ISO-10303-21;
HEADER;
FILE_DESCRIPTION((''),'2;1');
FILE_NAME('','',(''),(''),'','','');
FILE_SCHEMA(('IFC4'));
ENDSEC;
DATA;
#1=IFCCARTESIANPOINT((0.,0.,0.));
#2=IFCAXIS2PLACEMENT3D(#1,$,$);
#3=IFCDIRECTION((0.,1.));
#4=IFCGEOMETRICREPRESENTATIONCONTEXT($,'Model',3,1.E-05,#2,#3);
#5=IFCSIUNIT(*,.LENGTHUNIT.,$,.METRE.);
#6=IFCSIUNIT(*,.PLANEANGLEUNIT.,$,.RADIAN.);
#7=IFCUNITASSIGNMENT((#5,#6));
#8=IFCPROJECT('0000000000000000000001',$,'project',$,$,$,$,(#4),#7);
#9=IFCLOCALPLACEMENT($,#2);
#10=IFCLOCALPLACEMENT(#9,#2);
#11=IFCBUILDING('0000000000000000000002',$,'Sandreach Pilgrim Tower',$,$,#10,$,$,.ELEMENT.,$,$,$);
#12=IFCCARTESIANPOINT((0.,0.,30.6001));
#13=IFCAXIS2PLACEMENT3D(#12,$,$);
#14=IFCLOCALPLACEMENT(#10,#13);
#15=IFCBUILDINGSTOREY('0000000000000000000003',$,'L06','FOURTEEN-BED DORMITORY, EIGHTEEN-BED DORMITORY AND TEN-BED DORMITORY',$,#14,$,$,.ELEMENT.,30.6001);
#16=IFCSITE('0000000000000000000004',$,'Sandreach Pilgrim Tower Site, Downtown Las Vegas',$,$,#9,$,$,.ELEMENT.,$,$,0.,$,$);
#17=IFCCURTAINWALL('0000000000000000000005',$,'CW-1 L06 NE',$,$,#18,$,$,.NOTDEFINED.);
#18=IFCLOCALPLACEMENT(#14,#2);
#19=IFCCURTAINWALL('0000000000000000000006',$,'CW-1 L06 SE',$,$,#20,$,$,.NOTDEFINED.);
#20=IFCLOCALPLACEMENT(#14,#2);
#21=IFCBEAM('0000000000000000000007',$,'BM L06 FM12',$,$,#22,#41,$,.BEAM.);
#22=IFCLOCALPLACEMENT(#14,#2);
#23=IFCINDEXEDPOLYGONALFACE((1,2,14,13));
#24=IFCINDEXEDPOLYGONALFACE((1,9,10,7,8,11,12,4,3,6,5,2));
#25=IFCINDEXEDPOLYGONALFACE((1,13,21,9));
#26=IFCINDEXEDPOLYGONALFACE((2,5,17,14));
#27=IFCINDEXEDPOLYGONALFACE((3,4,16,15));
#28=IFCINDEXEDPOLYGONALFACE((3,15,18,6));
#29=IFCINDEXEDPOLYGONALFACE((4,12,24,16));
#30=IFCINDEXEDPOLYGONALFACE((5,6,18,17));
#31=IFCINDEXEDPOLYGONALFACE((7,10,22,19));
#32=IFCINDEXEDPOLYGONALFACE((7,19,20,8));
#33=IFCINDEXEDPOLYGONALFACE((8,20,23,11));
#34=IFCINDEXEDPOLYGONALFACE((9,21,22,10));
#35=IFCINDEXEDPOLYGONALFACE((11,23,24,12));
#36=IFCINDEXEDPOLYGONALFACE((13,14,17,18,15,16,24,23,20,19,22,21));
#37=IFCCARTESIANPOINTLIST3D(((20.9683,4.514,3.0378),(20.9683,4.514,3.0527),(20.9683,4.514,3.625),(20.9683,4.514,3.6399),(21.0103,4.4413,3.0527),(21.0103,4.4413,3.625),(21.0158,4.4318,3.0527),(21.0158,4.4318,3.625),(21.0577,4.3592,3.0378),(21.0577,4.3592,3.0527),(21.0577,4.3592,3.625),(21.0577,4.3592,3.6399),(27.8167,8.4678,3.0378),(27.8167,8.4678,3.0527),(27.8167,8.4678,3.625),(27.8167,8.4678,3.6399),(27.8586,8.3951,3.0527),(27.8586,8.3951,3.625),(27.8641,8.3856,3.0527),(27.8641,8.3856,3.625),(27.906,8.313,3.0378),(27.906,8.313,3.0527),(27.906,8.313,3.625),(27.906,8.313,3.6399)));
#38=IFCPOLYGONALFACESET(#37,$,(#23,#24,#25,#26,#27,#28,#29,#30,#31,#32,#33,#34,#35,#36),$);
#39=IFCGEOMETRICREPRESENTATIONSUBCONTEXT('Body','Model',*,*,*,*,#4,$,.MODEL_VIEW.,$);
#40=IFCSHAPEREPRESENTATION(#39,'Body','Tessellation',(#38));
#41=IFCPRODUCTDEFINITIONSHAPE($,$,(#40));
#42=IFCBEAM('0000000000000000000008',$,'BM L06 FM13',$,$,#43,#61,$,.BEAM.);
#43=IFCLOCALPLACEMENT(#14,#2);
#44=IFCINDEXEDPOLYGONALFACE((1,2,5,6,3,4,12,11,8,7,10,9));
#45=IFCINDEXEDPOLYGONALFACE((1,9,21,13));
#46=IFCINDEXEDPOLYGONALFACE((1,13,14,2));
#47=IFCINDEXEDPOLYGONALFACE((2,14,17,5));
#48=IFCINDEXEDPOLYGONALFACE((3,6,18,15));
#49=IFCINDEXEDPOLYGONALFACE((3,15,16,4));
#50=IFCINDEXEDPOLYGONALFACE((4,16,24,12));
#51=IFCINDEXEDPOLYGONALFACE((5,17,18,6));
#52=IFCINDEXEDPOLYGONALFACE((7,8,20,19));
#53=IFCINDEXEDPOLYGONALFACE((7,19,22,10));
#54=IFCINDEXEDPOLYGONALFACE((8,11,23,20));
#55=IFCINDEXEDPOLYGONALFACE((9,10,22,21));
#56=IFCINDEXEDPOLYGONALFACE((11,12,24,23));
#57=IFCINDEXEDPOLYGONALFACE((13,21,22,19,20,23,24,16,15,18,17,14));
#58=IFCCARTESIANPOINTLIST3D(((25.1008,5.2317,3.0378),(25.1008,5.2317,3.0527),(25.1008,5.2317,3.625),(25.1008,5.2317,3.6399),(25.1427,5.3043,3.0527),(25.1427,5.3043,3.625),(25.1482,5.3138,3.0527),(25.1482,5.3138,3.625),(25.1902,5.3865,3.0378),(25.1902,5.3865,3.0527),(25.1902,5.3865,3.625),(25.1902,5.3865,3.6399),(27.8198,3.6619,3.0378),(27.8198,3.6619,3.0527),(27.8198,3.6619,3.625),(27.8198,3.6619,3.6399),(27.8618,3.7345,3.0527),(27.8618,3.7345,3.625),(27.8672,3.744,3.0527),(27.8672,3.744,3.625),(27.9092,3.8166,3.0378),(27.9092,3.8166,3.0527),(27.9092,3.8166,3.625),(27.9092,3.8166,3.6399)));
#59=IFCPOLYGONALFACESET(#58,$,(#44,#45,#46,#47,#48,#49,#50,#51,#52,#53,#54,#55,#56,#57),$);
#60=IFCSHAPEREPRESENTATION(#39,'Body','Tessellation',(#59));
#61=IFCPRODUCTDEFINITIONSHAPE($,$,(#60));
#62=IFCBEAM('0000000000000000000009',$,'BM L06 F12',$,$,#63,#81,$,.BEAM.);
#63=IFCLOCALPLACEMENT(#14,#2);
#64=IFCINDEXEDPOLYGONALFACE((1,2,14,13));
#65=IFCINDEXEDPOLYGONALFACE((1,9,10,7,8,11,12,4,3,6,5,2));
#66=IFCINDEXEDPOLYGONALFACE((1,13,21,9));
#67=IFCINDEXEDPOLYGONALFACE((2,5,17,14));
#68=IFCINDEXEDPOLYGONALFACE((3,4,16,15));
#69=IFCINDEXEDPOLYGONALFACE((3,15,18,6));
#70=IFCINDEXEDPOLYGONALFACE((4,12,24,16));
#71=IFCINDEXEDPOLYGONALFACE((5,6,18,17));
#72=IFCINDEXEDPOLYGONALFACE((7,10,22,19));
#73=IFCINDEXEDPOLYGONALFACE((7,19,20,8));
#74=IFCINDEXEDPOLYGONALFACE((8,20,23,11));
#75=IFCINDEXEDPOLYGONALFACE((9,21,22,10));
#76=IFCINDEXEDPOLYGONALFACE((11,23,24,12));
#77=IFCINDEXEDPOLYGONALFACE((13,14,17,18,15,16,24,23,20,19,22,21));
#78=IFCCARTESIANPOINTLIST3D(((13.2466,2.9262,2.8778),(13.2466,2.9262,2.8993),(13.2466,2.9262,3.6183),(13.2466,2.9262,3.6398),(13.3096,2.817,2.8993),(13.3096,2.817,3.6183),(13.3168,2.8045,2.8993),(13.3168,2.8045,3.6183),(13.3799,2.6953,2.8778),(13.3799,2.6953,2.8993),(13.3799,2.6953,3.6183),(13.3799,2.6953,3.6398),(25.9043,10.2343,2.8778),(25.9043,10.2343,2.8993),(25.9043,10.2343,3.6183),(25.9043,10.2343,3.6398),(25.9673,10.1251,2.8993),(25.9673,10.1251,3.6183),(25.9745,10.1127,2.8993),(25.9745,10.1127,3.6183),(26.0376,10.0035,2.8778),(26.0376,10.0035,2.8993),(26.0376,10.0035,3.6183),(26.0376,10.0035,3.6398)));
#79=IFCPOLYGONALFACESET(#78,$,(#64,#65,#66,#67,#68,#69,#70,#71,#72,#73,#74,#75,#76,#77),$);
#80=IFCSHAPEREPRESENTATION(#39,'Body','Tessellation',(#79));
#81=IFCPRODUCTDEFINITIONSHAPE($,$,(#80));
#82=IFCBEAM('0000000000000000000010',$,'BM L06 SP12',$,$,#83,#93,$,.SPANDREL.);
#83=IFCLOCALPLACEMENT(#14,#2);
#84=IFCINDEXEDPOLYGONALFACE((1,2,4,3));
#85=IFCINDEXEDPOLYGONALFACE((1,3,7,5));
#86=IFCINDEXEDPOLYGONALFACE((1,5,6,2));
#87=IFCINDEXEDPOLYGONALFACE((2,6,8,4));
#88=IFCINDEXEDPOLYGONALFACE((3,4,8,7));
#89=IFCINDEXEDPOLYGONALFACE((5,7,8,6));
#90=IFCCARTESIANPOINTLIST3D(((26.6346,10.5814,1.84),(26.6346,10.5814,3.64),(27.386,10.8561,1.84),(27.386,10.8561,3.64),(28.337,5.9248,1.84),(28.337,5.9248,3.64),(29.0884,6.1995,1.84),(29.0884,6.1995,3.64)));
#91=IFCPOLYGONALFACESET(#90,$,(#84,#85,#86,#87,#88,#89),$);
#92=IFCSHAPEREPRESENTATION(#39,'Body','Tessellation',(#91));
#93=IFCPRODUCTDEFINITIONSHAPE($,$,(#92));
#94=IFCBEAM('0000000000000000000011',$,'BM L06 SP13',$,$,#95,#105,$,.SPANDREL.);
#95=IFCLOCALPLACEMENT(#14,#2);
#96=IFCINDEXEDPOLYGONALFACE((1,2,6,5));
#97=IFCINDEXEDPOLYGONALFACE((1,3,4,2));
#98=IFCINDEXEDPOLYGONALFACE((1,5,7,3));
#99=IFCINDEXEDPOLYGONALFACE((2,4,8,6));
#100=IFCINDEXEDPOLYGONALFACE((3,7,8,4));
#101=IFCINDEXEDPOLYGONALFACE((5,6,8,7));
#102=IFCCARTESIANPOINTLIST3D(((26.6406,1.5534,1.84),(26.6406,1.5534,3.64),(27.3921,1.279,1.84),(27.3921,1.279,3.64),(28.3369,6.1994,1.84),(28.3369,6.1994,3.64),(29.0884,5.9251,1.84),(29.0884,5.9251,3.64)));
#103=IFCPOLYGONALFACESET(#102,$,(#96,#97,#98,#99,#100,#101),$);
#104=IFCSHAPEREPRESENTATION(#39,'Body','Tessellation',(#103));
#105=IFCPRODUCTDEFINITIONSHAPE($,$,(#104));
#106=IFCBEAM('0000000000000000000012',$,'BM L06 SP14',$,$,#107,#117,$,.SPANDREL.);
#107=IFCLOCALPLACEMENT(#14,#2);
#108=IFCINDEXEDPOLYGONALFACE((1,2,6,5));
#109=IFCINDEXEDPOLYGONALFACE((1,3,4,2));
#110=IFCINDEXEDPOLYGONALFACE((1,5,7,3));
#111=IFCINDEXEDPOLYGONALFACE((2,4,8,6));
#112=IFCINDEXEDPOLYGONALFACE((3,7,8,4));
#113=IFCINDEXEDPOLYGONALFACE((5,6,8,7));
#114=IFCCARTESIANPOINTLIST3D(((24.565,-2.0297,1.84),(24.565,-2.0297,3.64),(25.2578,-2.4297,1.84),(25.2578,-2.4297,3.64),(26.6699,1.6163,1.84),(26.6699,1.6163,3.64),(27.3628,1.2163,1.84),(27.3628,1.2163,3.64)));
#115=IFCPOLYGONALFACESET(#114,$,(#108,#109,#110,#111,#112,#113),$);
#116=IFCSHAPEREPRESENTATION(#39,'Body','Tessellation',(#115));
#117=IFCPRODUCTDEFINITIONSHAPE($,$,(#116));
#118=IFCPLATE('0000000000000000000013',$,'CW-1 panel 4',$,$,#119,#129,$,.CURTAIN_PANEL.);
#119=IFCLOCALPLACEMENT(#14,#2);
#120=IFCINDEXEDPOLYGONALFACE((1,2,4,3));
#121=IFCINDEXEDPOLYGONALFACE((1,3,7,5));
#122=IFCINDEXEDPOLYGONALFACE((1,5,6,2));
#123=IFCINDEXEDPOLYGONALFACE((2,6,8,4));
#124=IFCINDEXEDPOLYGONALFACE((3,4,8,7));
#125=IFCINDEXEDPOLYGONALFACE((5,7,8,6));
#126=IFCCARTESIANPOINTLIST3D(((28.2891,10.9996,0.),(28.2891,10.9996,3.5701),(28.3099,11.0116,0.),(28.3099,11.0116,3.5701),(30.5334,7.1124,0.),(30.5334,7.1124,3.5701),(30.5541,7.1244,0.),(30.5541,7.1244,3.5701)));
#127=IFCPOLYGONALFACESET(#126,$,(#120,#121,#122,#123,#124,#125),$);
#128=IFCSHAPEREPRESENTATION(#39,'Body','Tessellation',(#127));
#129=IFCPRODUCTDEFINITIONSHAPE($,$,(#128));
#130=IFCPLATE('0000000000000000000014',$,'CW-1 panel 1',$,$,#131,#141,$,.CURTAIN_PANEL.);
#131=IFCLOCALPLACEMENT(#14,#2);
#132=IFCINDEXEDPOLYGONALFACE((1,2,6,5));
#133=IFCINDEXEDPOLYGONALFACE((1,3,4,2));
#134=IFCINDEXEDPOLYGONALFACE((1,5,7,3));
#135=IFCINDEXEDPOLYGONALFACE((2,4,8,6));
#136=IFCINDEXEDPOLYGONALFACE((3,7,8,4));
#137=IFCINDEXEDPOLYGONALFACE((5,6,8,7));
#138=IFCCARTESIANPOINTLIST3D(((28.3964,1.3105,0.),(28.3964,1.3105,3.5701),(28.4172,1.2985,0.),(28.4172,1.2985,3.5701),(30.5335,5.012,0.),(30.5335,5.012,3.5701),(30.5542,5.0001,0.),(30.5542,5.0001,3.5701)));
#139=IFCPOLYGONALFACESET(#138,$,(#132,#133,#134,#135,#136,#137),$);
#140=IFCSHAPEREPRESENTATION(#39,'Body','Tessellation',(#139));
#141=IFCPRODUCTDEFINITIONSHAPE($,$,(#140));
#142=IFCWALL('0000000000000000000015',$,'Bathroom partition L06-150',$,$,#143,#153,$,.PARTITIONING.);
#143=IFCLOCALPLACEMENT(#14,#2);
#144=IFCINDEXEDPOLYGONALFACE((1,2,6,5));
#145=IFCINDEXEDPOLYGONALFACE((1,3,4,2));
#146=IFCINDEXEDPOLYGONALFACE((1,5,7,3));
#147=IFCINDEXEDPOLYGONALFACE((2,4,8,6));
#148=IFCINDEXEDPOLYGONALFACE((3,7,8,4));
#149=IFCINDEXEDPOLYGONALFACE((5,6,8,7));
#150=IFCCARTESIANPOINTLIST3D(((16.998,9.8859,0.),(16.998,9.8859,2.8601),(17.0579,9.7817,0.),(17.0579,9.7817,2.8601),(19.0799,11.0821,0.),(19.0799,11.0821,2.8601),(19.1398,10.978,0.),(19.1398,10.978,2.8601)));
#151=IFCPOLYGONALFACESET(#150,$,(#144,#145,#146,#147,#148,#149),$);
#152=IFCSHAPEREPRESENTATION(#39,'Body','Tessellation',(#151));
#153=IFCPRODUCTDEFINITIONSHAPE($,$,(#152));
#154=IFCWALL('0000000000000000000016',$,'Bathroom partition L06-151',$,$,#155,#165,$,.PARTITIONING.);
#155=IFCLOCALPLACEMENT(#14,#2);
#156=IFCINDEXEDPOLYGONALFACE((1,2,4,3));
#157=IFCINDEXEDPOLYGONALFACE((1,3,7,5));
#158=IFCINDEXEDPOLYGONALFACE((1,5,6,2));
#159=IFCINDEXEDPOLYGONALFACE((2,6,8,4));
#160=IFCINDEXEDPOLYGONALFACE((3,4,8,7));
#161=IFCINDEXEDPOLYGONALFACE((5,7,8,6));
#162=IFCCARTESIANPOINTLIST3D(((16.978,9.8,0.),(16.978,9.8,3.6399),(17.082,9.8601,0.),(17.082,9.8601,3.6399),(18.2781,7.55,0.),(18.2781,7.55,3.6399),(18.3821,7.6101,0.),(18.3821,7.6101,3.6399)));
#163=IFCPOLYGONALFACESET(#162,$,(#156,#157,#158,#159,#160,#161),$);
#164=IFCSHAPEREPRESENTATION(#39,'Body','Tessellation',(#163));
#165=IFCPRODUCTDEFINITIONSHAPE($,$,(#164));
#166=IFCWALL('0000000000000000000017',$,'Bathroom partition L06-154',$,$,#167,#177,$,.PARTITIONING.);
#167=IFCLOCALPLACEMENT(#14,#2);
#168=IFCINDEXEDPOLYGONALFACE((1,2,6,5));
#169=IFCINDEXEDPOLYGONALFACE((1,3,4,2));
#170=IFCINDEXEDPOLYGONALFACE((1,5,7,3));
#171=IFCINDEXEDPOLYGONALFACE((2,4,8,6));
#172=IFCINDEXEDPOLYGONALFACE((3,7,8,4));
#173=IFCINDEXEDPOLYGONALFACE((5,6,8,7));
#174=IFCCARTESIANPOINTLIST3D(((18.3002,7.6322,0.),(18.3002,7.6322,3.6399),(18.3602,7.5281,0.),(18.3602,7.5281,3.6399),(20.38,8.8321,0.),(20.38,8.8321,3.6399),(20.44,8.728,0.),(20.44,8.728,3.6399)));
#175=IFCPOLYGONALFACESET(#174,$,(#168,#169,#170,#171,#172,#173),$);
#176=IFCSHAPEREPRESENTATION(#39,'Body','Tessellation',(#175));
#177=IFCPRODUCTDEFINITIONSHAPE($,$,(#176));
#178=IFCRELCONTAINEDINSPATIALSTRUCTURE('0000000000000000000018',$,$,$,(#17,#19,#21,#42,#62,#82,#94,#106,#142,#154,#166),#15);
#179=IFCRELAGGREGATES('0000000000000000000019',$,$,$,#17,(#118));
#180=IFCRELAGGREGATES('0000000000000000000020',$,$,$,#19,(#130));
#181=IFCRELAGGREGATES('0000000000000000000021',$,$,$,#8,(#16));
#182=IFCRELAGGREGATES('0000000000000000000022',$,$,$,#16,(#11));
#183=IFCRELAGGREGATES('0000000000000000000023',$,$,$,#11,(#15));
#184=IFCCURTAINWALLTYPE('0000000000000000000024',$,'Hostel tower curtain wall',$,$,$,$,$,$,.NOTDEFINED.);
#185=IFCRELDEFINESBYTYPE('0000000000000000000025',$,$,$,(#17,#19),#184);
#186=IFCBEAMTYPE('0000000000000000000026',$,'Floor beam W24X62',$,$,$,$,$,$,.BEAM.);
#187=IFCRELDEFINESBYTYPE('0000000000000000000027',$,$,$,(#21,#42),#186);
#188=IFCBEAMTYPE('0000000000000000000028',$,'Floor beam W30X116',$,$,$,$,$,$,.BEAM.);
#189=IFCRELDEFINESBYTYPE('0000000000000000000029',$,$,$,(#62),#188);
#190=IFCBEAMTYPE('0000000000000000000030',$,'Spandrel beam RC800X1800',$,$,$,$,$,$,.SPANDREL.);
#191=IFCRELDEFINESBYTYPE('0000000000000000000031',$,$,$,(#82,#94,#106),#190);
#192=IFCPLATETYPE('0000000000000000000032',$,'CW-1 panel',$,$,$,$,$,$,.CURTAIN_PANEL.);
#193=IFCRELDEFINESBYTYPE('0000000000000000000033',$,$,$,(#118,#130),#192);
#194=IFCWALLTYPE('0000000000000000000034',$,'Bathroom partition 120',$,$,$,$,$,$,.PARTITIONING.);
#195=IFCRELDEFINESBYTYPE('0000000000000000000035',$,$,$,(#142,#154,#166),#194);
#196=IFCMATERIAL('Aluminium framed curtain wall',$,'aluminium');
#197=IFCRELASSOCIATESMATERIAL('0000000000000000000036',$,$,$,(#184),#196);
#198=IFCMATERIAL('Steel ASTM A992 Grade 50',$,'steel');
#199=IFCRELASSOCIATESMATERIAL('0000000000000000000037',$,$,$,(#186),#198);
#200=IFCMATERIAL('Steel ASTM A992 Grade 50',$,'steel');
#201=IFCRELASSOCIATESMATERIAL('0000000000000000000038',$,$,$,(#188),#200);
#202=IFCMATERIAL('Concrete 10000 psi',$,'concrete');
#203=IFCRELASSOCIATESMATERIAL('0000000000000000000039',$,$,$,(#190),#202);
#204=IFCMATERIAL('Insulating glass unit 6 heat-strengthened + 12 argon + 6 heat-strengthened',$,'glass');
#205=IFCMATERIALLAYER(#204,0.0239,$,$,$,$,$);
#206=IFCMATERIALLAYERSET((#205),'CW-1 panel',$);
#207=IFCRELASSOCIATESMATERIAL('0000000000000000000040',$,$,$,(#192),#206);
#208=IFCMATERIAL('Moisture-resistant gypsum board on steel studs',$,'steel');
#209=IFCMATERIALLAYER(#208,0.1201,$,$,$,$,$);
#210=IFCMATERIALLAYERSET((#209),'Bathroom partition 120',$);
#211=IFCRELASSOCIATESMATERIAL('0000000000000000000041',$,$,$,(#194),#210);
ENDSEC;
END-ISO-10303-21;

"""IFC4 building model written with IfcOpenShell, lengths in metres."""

from ifc_helpers import new_model, si_unit, direction, frame, frame_2d, origin, origin_2d, place, context, subcontext, project, spatial, rectangle, i_section, extrude, material, layer, layer_set, material_profile, profile_set, type_object, element, aggregate, save


model = new_model("IFC4")

# Units and contexts
model_context = context("Model", 3, precision=1e-05, world=origin(), true_north=direction((0.0, 1.0)))
body_context = subcontext(model_context, "Body", "Model", "MODEL_VIEW")
ifc_project = project(units=[si_unit("LENGTHUNIT", "METRE"), si_unit("PLANEANGLEUNIT", "RADIAN")], contexts=[model_context])

# Site, building, storey
site_placement = place(None, origin())
site = spatial("IfcSite", under=ifc_project, at=site_placement, Name="Sandreach Pilgrim Tower Site, Downtown Las Vegas", CompositionType="ELEMENT", RefElevation=0.0)
building_placement = place(site_placement, origin())
building = spatial("IfcBuilding", under=site, at=building_placement, Name="Sandreach Pilgrim Tower", CompositionType="ELEMENT")
storey_placement = place(building_placement, frame((0.0, 0.0, 30.6001)))
storey = spatial("IfcBuildingStorey", under=building, at=storey_placement, Name="L06", Description="FOURTEEN-BED DORMITORY, EIGHTEEN-BED DORMITORY AND TEN-BED DORMITORY", CompositionType="ELEMENT", Elevation=30.6001)

# Curtain wall
ifc_material_1 = material(Name="Aluminium framed curtain wall", Category="aluminium")
curtain_wall_type = type_object("IfcCurtainWallType", Name="Hostel tower curtain wall", PredefinedType="NOTDEFINED", material=ifc_material_1)
curtain_wall_1_placement = place(storey_placement, origin())
curtain_wall_1 = element("IfcCurtainWall", 1, at=curtain_wall_1_placement, inside=storey, type_object=curtain_wall_type, Name="CW-1 L06 NE", PredefinedType="NOTDEFINED")

# Curtain wall
curtain_wall_2_placement = place(storey_placement, origin())
curtain_wall_2 = element("IfcCurtainWall", 2, at=curtain_wall_2_placement, inside=storey, type_object=curtain_wall_type, Name="CW-1 L06 SE", PredefinedType="NOTDEFINED")

# Beams
ifc_material_2 = material(Name="Steel ASTM A992 Grade 50", Category="steel")
ifc_material_profile_1 = material_profile(ifc_material_2, i_section(OverallWidth=0.1787, OverallDepth=0.6021, WebThickness=0.011, FlangeThickness=0.0149, at=origin_2d()), Name="W24X62")
ifc_profile_set_1 = profile_set([ifc_material_profile_1], Name="Steel ASTM A992 Grade 50")
beam_type_1 = type_object("IfcBeamType", Name="Floor beam W24X62", PredefinedType="BEAM", material=ifc_profile_set_1)
beam_1_placement = place(storey_placement, frame((27.8613, 8.3904, 3.3389), z_axis=(-0.866029, -0.499994, 0.0), x_axis=(0.499994, -0.866029, 0.0)))
element("IfcBeam", 3, at=beam_1_placement, inside=storey, type_object=beam_type_1, Name="BM L06 FM12", PredefinedType="BEAM", context=body_context, shape_type="SweptSolid", body=[
    extrude(i_section(OverallWidth=0.1787, OverallDepth=0.6021, WebThickness=0.011, FlangeThickness=0.0149, at=origin_2d()), origin(), (0.0, 0.0, 1.0), 7.9077),
])
beam_2_placement = place(storey_placement, frame((27.8645, 3.7393, 3.3389), z_axis=(-0.866024, 0.500003, 0.0), x_axis=(-0.500003, -0.866024, 0.0)))
element("IfcBeam", 4, at=beam_2_placement, inside=storey, type_object=beam_type_1, Name="BM L06 FM13", PredefinedType="BEAM", context=body_context, shape_type="SweptSolid", body=[
    extrude(i_section(OverallWidth=0.1787, OverallDepth=0.6021, WebThickness=0.011, FlangeThickness=0.0149, at=origin_2d()), origin(), (0.0, 0.0, 1.0), 3.1396),
])
ifc_material_3 = material(Name="Steel ASTM A992 Grade 50", Category="steel")
ifc_material_profile_2 = material_profile(ifc_material_3, i_section(OverallWidth=0.2666, OverallDepth=0.762, WebThickness=0.0144, FlangeThickness=0.0215, at=origin_2d()), Name="W30X116")
ifc_profile_set_2 = profile_set([ifc_material_profile_2], Name="Steel ASTM A992 Grade 50")
beam_type_2 = type_object("IfcBeamType", Name="Floor beam W30X116", PredefinedType="BEAM", material=ifc_profile_set_2)
beam_3_placement = place(storey_placement, frame((25.9709, 10.1189, 3.2588), z_axis=(-0.86602, -0.500009, 0.0), x_axis=(0.500009, -0.86602, 0.0)))
element("IfcBeam", 5, at=beam_3_placement, inside=storey, type_object=beam_type_2, Name="BM L06 F12", PredefinedType="BEAM", context=body_context, shape_type="SweptSolid", body=[
    extrude(i_section(OverallWidth=0.2666, OverallDepth=0.762, WebThickness=0.0144, FlangeThickness=0.0215, at=origin_2d()), origin(), (0.0, 0.0, 1.0), 14.616),
])
ifc_material_4 = material(Name="Concrete 10000 psi", Category="concrete")
ifc_material_profile_3 = material_profile(ifc_material_4, rectangle(XDim=0.8, YDim=1.8, at=origin_2d()), Name="RC800X1800")
ifc_profile_set_3 = profile_set([ifc_material_profile_3], Name="Concrete 10000 psi")
beam_type_3 = type_object("IfcBeamType", Name="Spandrel beam RC800X1800", PredefinedType="SPANDREL", material=ifc_profile_set_3)
beam_4_placement = place(storey_placement, frame((27.0103, 10.7188, 2.74), z_axis=(0.343368, -0.939201, 0.0), x_axis=(0.939201, 0.343368, 0.0)))
element("IfcBeam", 6, at=beam_4_placement, inside=storey, type_object=beam_type_3, Name="BM L06 SP12", PredefinedType="SPANDREL", context=body_context, shape_type="SweptSolid", body=[
    extrude(rectangle(XDim=0.8, YDim=1.8, at=origin_2d()), origin(), (0.0, 0.0, 1.0), 4.958),
])
beam_5_placement = place(storey_placement, frame((28.7126, 6.0623, 2.74), z_axis=(-0.342963, -0.939349, 0.0), x_axis=(0.939349, -0.342963, 0.0)))
element("IfcBeam", 7, at=beam_5_placement, inside=storey, type_object=beam_type_3, Name="BM L06 SP13", PredefinedType="SPANDREL", context=body_context, shape_type="SweptSolid", body=[
    extrude(rectangle(XDim=0.8, YDim=1.8, at=origin_2d()), origin(), (0.0, 0.0, 1.0), 4.946),
])
beam_6_placement = place(storey_placement, frame((27.0164, 1.4163, 2.74), z_axis=(-0.499994, -0.866029, 0.0), x_axis=(0.866029, -0.499994, 0.0)))
element("IfcBeam", 8, at=beam_6_placement, inside=storey, type_object=beam_type_3, Name="BM L06 SP14", PredefinedType="SPANDREL", context=body_context, shape_type="SweptSolid", body=[
    extrude(rectangle(XDim=0.8, YDim=1.8, at=origin_2d()), origin(), (0.0, 0.0, 1.0), 4.21),
])

# Plates
ifc_material_5 = material(Name="Insulating glass unit 6 heat-strengthened + 12 argon + 6 heat-strengthened", Category="glass")
ifc_layer_1 = layer(ifc_material_5, 0.0239)
ifc_layer_set_1 = layer_set([ifc_layer_1], Name="CW-1 panel")
plate_type = type_object("IfcPlateType", Name="CW-1 panel", PredefinedType="CURTAIN_PANEL", material=ifc_layer_set_1)
plate_1_placement = place(storey_placement, frame((29.4216, 9.062, 0.0), z_axis=(0.0, 0.0, 1.0), x_axis=(0.5, -0.866025, 0.0)))
plate_1 = element("IfcPlate", 9, at=plate_1_placement, type_object=plate_type, Name="CW-1 panel 4", PredefinedType="CURTAIN_PANEL", context=body_context, shape_type="SweptSolid", body=[
    extrude(rectangle(XDim=4.4885, YDim=0.0239, at=origin_2d()), origin(), (0.0, 0.0, 1.0), 3.5701),
])
aggregate(curtain_wall_1, [plate_1])
plate_2_placement = place(storey_placement, frame((29.4753, 3.1553, 0.0), z_axis=(0.0, 0.0, 1.0), x_axis=(-0.5, -0.866025, 0.0)))
plate_2 = element("IfcPlate", 10, at=plate_2_placement, type_object=plate_type, Name="CW-1 panel 1", PredefinedType="CURTAIN_PANEL", context=body_context, shape_type="SweptSolid", body=[
    extrude(rectangle(XDim=4.2742, YDim=0.0239, at=origin_2d()), origin(), (0.0, 0.0, 1.0), 3.5701),
])
aggregate(curtain_wall_2, [plate_2])

# Walls
ifc_material_6 = material(Name="Moisture-resistant gypsum board on steel studs", Category="steel")
ifc_layer_2 = layer(ifc_material_6, 0.1201)
ifc_layer_set_2 = layer_set([ifc_layer_2], Name="Bathroom partition 120")
wall_type_1 = type_object("IfcWallType", Name="Bathroom partition 120", PredefinedType="PARTITIONING", material=ifc_layer_set_2)
wall_1_placement = place(storey_placement, frame((17.0278, 9.8337, 0.0), z_axis=(0.0, 0.0, 1.0), x_axis=(0.867064, 0.498196, 0.0)))
element("IfcWall", 11, at=wall_1_placement, inside=storey, type_object=wall_type_1, Name="Bathroom partition L06-150", PredefinedType="PARTITIONING", context=body_context, shape_type="SweptSolid", body=[
    extrude(rectangle(XDim=2.4011, YDim=0.1201, at=frame_2d((1.2007, 0.0))), origin(), (0.0, 0.0, 1.0), 2.8601),
])
wall_2_placement = place(storey_placement, frame((17.03, 9.8301, 0.0), z_axis=(0.0, 0.0, 1.0), x_axis=(0.500292, -0.865857, 0.0)))
element("IfcWall", 12, at=wall_2_placement, inside=storey, type_object=wall_type_1, Name="Bathroom partition L06-151", PredefinedType="PARTITIONING", context=body_context, shape_type="SweptSolid", body=[
    extrude(rectangle(XDim=2.5986, YDim=0.1201, at=frame_2d((1.2993, 0.0))), origin(), (0.0, 0.0, 1.0), 3.6399),
])
wall_3_placement = place(storey_placement, frame((18.3301, 7.5801, 0.0), z_axis=(0.0, 0.0, 1.0), x_axis=(0.866177, 0.499737, 0.0)))
element("IfcWall", 13, at=wall_3_placement, inside=storey, type_object=wall_type_1, Name="Bathroom partition L06-154", PredefinedType="PARTITIONING", context=body_context, shape_type="SweptSolid", body=[
    extrude(rectangle(XDim=2.4011, YDim=0.1201, at=frame_2d((1.2007, 0.0))), origin(), (0.0, 0.0, 1.0), 3.6399),
])

save(model, "model.ifc")
